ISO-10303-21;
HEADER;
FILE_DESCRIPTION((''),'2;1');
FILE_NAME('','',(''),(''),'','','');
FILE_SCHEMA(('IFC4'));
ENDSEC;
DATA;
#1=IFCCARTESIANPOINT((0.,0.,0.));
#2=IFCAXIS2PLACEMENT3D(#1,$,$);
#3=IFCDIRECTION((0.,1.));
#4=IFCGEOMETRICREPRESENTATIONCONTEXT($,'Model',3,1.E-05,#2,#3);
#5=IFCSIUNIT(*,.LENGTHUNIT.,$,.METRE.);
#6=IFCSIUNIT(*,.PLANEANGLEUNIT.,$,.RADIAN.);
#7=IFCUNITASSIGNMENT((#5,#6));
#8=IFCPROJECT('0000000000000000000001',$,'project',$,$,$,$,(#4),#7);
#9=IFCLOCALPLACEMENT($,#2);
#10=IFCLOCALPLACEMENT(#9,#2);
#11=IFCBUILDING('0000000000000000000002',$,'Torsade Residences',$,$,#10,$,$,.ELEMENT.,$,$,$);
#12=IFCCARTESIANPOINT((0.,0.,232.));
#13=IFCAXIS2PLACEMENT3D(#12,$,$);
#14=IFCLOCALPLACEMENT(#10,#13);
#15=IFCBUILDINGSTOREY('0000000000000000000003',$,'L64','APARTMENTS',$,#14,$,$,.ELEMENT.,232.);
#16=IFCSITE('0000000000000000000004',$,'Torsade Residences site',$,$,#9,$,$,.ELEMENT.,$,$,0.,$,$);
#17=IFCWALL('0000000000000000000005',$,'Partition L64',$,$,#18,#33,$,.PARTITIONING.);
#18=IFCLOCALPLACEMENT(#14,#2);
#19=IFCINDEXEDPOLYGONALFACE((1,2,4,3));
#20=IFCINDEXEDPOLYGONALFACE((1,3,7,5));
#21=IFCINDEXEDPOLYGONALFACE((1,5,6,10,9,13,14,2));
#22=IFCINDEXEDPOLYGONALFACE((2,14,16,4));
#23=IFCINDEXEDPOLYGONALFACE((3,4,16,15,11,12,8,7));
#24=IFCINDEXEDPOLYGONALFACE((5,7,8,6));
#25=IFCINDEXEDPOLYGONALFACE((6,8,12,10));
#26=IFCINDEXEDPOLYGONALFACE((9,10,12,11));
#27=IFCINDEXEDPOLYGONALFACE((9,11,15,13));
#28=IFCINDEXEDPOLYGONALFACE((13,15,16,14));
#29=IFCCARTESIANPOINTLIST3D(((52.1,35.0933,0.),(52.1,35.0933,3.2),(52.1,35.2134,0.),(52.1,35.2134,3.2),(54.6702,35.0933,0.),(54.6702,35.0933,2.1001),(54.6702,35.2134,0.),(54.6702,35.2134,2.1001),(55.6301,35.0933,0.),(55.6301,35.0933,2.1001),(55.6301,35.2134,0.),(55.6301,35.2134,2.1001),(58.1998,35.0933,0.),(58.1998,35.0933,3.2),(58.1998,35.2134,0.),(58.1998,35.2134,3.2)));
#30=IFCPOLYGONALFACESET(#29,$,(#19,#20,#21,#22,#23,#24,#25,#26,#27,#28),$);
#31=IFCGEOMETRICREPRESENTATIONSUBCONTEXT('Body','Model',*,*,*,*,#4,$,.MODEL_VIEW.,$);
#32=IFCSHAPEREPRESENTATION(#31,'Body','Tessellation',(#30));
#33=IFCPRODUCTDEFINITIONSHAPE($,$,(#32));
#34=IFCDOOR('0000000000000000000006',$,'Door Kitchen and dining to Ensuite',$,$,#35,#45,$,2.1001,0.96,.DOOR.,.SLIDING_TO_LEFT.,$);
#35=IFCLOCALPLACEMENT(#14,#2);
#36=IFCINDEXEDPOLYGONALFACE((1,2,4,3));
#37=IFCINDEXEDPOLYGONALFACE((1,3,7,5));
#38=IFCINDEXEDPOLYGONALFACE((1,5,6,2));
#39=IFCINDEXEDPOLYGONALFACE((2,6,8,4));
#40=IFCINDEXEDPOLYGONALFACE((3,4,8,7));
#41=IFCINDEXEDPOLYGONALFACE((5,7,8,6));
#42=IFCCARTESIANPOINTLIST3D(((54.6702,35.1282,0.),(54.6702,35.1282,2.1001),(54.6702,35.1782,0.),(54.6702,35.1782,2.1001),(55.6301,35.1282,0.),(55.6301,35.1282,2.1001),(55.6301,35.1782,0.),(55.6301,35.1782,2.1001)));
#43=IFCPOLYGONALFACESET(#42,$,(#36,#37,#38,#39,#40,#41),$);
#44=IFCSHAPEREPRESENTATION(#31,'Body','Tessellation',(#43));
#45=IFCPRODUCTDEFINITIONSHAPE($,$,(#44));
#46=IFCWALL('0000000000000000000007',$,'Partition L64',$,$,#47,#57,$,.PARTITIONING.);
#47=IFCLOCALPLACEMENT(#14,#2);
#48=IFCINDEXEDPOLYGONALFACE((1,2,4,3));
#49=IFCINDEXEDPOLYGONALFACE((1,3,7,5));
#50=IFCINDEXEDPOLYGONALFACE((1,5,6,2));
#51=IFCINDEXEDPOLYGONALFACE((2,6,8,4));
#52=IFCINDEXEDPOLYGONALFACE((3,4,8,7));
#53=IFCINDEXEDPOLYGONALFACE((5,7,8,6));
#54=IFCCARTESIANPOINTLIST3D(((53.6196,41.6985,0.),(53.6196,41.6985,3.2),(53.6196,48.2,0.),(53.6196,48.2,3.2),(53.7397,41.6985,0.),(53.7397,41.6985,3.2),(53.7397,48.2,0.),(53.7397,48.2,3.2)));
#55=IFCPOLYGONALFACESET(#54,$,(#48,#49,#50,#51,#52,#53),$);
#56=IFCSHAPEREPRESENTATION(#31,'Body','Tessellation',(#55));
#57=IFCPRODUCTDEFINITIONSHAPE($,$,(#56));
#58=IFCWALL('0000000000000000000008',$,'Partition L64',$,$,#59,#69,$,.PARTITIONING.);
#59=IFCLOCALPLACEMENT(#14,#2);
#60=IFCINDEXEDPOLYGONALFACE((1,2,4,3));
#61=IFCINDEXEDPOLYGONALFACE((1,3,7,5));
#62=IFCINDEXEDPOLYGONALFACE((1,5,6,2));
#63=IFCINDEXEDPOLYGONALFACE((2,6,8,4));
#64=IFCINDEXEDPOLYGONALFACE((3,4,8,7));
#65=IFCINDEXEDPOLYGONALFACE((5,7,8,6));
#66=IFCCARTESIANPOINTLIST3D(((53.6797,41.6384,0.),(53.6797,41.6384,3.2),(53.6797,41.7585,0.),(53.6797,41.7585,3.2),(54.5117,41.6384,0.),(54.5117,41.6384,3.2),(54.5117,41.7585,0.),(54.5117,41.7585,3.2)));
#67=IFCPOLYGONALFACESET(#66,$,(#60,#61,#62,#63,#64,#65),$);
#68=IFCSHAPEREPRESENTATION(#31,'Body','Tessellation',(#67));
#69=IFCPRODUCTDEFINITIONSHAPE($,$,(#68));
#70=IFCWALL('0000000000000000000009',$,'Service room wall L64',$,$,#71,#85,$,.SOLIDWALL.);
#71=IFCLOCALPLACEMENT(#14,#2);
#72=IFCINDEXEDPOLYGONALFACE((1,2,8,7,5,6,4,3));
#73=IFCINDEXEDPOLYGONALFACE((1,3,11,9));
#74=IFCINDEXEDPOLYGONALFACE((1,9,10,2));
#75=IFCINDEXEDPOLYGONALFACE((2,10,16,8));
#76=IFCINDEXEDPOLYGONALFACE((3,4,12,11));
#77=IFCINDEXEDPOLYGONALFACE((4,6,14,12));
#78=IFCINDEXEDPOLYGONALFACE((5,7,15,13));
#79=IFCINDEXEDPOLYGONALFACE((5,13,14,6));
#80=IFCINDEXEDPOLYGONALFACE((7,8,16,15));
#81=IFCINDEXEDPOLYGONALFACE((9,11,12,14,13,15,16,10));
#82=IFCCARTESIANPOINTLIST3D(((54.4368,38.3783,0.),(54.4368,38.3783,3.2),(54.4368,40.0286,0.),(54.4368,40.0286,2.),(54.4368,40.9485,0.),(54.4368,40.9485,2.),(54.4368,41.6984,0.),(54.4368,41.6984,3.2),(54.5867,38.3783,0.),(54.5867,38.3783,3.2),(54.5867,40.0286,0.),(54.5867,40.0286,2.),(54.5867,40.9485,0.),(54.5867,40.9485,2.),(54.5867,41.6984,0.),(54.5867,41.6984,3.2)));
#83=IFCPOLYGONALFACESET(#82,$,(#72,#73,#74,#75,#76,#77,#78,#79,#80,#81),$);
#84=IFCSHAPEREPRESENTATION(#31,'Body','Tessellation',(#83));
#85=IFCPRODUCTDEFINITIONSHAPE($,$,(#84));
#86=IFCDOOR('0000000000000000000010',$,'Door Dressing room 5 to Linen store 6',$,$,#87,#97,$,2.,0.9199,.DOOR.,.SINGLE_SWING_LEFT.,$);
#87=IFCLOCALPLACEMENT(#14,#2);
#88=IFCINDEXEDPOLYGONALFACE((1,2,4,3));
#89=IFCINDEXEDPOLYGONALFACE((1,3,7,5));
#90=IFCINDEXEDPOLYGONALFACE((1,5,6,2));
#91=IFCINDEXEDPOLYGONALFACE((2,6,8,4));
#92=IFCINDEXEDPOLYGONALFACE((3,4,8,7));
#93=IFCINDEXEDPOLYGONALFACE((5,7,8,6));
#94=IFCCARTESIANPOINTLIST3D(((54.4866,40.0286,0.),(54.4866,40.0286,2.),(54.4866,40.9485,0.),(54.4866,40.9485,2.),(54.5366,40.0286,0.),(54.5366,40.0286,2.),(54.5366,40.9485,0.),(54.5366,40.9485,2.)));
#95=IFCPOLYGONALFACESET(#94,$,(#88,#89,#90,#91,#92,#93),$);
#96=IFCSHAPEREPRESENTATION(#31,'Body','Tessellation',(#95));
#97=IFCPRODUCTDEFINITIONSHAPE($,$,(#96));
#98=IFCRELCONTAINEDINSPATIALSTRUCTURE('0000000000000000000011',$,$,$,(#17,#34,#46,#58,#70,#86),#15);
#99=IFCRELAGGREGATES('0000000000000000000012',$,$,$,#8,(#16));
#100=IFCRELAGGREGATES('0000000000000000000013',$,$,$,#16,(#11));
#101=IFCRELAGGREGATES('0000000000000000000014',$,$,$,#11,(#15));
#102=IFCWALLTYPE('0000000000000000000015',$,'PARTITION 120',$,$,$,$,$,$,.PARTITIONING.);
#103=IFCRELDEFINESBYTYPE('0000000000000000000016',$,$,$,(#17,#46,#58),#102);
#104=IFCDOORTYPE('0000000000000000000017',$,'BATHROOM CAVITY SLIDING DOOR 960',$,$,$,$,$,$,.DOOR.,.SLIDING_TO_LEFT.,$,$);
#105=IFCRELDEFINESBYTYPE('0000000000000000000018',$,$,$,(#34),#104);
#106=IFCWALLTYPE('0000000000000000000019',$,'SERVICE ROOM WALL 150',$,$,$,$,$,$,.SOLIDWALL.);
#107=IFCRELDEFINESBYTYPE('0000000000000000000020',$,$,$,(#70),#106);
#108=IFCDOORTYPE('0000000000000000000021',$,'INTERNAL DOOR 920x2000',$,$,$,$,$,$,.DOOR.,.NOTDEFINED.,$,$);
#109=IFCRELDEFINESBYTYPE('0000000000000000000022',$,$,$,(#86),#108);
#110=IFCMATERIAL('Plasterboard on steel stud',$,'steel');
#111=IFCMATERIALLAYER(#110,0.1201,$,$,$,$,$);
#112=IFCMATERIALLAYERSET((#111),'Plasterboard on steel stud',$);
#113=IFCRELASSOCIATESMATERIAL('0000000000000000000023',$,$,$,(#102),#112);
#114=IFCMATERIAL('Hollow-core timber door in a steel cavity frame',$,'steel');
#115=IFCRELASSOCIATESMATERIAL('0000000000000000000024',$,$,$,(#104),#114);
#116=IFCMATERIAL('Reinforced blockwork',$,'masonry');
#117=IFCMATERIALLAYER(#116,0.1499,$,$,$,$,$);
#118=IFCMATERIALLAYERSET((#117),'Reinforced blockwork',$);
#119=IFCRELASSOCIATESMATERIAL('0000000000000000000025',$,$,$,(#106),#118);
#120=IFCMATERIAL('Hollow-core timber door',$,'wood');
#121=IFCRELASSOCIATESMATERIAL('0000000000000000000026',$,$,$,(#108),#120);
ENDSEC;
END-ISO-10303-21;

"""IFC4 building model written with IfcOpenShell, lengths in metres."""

from ifc_helpers import new_model, si_unit, direction, frame, frame_2d, origin, place, context, subcontext, project, spatial, rectangle, extrude, material, layer, layer_set, type_object, element, fill, save


model = new_model("IFC4")

# Units and contexts
model_context = context("Model", 3, precision=1e-05, world=origin(), true_north=direction((0.0, 1.0)))
body_context = subcontext(model_context, "Body", "Model", "MODEL_VIEW")
ifc_project = project(units=[si_unit("LENGTHUNIT", "METRE"), si_unit("PLANEANGLEUNIT", "RADIAN")], contexts=[model_context])

# Site, building, storey
site_placement = place(None, origin())
site = spatial("IfcSite", under=ifc_project, at=site_placement, Name="Torsade Residences site", CompositionType="ELEMENT", RefElevation=0.0)
building_placement = place(site_placement, origin())
building = spatial("IfcBuilding", under=site, at=building_placement, Name="Torsade Residences", CompositionType="ELEMENT")
storey_placement = place(building_placement, frame((0.0, 0.0, 232.0)))
storey = spatial("IfcBuildingStorey", under=building, at=storey_placement, Name="L64", Description="APARTMENTS", CompositionType="ELEMENT", Elevation=232.0)

# Wall, opening, door
ifc_material_1 = material(Name="Plasterboard on steel stud", Category="steel")
ifc_layer_1 = layer(ifc_material_1, 0.1201)
ifc_layer_set_1 = layer_set([ifc_layer_1], Name="Plasterboard on steel stud")
wall_type_1 = type_object("IfcWallType", Name="PARTITION 120", PredefinedType="PARTITIONING", material=ifc_layer_set_1)
wall_1_placement = place(storey_placement, frame((52.1001, 35.1533, 0.0), z_axis=(0.0, 0.0, 1.0), x_axis=(1.0, 0.0, 0.0)))
wall_1 = element("IfcWall", 1, at=wall_1_placement, inside=storey, type_object=wall_type_1, Name="Partition L64", PredefinedType="PARTITIONING", context=body_context, shape_type="SweptSolid", body=[
    extrude(rectangle(XDim=6.0999, YDim=0.1201, at=frame_2d((3.0498, 0.0))), origin(), (0.0, 0.0, 1.0), 3.2),
])
opening_1_placement = place(wall_1_placement, frame((2.5701, 0.0, 0.0)))
opening_1 = element("IfcOpeningElement", 2, at=opening_1_placement, cuts=wall_1, PredefinedType="OPENING", context=body_context, shape_type="SweptSolid", body=[
    extrude(rectangle(XDim=0.96, YDim=2.1001, at=frame_2d((0.48, 1.05))), frame((0.0, 0.0701, 0.0), z_axis=(0.0, -1.0, 0.0), x_axis=(1.0, 0.0, 0.0)), (0.0, 0.0, 1.0), 0.1401),
])
ifc_material_2 = material(Name="Hollow-core timber door in a steel cavity frame", Category="steel")
door_type_1 = type_object("IfcDoorType", Name="BATHROOM CAVITY SLIDING DOOR 960", OperationType="SLIDING_TO_LEFT", PredefinedType="DOOR", material=ifc_material_2)
door_1_placement = place(opening_1_placement, origin())
door_1 = element("IfcDoor", 3, at=door_1_placement, inside=storey, type_object=door_type_1, Name="Door Kitchen and dining to Ensuite", OperationType="SLIDING_TO_LEFT", OverallHeight=2.1001, OverallWidth=0.96, PredefinedType="DOOR", context=body_context, shape_type="SweptSolid", body=[
    extrude(rectangle(XDim=0.96, YDim=2.1001, at=frame_2d((0.48, 1.05))), frame((0.0, 0.0249, 0.0), z_axis=(0.0, -1.0, 0.0), x_axis=(1.0, 0.0, 0.0)), (0.0, 0.0, 1.0), 0.05),
])
fill(opening_1, door_1)

# Walls
wall_2_placement = place(storey_placement, frame((53.6797, 41.6985, 0.0), z_axis=(0.0, 0.0, 1.0), x_axis=(0.0, 1.0, 0.0)))
element("IfcWall", 4, at=wall_2_placement, inside=storey, type_object=wall_type_1, Name="Partition L64", PredefinedType="PARTITIONING", context=body_context, shape_type="SweptSolid", body=[
    extrude(rectangle(XDim=6.5015, YDim=0.1201, at=frame_2d((3.2507, 0.0))), origin(), (0.0, 0.0, 1.0), 3.2),
])
wall_3_placement = place(storey_placement, frame((54.5117, 41.6985, 0.0), z_axis=(0.0, 0.0, 1.0), x_axis=(-1.0, 0.0, 0.0)))
element("IfcWall", 5, at=wall_3_placement, inside=storey, type_object=wall_type_1, Name="Partition L64", PredefinedType="PARTITIONING", context=body_context, shape_type="SweptSolid", body=[
    extrude(rectangle(XDim=0.832, YDim=0.1201, at=frame_2d((0.416, 0.0))), origin(), (0.0, 0.0, 1.0), 3.2),
])

# Wall, opening, door
ifc_material_3 = material(Name="Reinforced blockwork", Category="masonry")
ifc_layer_2 = layer(ifc_material_3, 0.1499)
ifc_layer_set_2 = layer_set([ifc_layer_2], Name="Reinforced blockwork")
wall_type_2 = type_object("IfcWallType", Name="SERVICE ROOM WALL 150", PredefinedType="SOLIDWALL", material=ifc_layer_set_2)
wall_4_placement = place(storey_placement, frame((54.5117, 41.6985, 0.0), z_axis=(0.0, 0.0, 1.0), x_axis=(0.0, -1.0, 0.0)))
wall_4 = element("IfcWall", 6, at=wall_4_placement, inside=storey, type_object=wall_type_2, Name="Service room wall L64", PredefinedType="SOLIDWALL", context=body_context, shape_type="SweptSolid", body=[
    extrude(rectangle(XDim=3.3201, YDim=0.1499, at=frame_2d((1.6602, 0.0))), origin(), (0.0, 0.0, 1.0), 3.2),
])
opening_2_placement = place(wall_4_placement, frame((0.75, 0.0, 0.0)))
opening_2 = element("IfcOpeningElement", 7, at=opening_2_placement, cuts=wall_4, PredefinedType="OPENING", context=body_context, shape_type="SweptSolid", body=[
    extrude(rectangle(XDim=0.9199, YDim=2.0, at=frame_2d((0.46, 1.0))), frame((0.0, 0.085, 0.0), z_axis=(0.0, -1.0, 0.0), x_axis=(1.0, 0.0, 0.0)), (0.0, 0.0, 1.0), 0.1699),
])
ifc_material_4 = material(Name="Hollow-core timber door", Category="wood")
door_type_2 = type_object("IfcDoorType", Name="INTERNAL DOOR 920x2000", OperationType="NOTDEFINED", PredefinedType="DOOR", material=ifc_material_4)
door_2_placement = place(opening_2_placement, origin())
door_2 = element("IfcDoor", 8, at=door_2_placement, inside=storey, type_object=door_type_2, Name="Door Dressing room 5 to Linen store 6", OperationType="SINGLE_SWING_LEFT", OverallHeight=2.0, OverallWidth=0.9199, PredefinedType="DOOR", context=body_context, shape_type="SweptSolid", body=[
    extrude(rectangle(XDim=0.9199, YDim=2.0, at=frame_2d((0.46, 1.0))), frame((0.0, 0.0249, 0.0), z_axis=(0.0, -1.0, 0.0), x_axis=(1.0, 0.0, 0.0)), (0.0, 0.0, 1.0), 0.05),
])
fill(opening_2, door_2)

save(model, "model.ifc")
